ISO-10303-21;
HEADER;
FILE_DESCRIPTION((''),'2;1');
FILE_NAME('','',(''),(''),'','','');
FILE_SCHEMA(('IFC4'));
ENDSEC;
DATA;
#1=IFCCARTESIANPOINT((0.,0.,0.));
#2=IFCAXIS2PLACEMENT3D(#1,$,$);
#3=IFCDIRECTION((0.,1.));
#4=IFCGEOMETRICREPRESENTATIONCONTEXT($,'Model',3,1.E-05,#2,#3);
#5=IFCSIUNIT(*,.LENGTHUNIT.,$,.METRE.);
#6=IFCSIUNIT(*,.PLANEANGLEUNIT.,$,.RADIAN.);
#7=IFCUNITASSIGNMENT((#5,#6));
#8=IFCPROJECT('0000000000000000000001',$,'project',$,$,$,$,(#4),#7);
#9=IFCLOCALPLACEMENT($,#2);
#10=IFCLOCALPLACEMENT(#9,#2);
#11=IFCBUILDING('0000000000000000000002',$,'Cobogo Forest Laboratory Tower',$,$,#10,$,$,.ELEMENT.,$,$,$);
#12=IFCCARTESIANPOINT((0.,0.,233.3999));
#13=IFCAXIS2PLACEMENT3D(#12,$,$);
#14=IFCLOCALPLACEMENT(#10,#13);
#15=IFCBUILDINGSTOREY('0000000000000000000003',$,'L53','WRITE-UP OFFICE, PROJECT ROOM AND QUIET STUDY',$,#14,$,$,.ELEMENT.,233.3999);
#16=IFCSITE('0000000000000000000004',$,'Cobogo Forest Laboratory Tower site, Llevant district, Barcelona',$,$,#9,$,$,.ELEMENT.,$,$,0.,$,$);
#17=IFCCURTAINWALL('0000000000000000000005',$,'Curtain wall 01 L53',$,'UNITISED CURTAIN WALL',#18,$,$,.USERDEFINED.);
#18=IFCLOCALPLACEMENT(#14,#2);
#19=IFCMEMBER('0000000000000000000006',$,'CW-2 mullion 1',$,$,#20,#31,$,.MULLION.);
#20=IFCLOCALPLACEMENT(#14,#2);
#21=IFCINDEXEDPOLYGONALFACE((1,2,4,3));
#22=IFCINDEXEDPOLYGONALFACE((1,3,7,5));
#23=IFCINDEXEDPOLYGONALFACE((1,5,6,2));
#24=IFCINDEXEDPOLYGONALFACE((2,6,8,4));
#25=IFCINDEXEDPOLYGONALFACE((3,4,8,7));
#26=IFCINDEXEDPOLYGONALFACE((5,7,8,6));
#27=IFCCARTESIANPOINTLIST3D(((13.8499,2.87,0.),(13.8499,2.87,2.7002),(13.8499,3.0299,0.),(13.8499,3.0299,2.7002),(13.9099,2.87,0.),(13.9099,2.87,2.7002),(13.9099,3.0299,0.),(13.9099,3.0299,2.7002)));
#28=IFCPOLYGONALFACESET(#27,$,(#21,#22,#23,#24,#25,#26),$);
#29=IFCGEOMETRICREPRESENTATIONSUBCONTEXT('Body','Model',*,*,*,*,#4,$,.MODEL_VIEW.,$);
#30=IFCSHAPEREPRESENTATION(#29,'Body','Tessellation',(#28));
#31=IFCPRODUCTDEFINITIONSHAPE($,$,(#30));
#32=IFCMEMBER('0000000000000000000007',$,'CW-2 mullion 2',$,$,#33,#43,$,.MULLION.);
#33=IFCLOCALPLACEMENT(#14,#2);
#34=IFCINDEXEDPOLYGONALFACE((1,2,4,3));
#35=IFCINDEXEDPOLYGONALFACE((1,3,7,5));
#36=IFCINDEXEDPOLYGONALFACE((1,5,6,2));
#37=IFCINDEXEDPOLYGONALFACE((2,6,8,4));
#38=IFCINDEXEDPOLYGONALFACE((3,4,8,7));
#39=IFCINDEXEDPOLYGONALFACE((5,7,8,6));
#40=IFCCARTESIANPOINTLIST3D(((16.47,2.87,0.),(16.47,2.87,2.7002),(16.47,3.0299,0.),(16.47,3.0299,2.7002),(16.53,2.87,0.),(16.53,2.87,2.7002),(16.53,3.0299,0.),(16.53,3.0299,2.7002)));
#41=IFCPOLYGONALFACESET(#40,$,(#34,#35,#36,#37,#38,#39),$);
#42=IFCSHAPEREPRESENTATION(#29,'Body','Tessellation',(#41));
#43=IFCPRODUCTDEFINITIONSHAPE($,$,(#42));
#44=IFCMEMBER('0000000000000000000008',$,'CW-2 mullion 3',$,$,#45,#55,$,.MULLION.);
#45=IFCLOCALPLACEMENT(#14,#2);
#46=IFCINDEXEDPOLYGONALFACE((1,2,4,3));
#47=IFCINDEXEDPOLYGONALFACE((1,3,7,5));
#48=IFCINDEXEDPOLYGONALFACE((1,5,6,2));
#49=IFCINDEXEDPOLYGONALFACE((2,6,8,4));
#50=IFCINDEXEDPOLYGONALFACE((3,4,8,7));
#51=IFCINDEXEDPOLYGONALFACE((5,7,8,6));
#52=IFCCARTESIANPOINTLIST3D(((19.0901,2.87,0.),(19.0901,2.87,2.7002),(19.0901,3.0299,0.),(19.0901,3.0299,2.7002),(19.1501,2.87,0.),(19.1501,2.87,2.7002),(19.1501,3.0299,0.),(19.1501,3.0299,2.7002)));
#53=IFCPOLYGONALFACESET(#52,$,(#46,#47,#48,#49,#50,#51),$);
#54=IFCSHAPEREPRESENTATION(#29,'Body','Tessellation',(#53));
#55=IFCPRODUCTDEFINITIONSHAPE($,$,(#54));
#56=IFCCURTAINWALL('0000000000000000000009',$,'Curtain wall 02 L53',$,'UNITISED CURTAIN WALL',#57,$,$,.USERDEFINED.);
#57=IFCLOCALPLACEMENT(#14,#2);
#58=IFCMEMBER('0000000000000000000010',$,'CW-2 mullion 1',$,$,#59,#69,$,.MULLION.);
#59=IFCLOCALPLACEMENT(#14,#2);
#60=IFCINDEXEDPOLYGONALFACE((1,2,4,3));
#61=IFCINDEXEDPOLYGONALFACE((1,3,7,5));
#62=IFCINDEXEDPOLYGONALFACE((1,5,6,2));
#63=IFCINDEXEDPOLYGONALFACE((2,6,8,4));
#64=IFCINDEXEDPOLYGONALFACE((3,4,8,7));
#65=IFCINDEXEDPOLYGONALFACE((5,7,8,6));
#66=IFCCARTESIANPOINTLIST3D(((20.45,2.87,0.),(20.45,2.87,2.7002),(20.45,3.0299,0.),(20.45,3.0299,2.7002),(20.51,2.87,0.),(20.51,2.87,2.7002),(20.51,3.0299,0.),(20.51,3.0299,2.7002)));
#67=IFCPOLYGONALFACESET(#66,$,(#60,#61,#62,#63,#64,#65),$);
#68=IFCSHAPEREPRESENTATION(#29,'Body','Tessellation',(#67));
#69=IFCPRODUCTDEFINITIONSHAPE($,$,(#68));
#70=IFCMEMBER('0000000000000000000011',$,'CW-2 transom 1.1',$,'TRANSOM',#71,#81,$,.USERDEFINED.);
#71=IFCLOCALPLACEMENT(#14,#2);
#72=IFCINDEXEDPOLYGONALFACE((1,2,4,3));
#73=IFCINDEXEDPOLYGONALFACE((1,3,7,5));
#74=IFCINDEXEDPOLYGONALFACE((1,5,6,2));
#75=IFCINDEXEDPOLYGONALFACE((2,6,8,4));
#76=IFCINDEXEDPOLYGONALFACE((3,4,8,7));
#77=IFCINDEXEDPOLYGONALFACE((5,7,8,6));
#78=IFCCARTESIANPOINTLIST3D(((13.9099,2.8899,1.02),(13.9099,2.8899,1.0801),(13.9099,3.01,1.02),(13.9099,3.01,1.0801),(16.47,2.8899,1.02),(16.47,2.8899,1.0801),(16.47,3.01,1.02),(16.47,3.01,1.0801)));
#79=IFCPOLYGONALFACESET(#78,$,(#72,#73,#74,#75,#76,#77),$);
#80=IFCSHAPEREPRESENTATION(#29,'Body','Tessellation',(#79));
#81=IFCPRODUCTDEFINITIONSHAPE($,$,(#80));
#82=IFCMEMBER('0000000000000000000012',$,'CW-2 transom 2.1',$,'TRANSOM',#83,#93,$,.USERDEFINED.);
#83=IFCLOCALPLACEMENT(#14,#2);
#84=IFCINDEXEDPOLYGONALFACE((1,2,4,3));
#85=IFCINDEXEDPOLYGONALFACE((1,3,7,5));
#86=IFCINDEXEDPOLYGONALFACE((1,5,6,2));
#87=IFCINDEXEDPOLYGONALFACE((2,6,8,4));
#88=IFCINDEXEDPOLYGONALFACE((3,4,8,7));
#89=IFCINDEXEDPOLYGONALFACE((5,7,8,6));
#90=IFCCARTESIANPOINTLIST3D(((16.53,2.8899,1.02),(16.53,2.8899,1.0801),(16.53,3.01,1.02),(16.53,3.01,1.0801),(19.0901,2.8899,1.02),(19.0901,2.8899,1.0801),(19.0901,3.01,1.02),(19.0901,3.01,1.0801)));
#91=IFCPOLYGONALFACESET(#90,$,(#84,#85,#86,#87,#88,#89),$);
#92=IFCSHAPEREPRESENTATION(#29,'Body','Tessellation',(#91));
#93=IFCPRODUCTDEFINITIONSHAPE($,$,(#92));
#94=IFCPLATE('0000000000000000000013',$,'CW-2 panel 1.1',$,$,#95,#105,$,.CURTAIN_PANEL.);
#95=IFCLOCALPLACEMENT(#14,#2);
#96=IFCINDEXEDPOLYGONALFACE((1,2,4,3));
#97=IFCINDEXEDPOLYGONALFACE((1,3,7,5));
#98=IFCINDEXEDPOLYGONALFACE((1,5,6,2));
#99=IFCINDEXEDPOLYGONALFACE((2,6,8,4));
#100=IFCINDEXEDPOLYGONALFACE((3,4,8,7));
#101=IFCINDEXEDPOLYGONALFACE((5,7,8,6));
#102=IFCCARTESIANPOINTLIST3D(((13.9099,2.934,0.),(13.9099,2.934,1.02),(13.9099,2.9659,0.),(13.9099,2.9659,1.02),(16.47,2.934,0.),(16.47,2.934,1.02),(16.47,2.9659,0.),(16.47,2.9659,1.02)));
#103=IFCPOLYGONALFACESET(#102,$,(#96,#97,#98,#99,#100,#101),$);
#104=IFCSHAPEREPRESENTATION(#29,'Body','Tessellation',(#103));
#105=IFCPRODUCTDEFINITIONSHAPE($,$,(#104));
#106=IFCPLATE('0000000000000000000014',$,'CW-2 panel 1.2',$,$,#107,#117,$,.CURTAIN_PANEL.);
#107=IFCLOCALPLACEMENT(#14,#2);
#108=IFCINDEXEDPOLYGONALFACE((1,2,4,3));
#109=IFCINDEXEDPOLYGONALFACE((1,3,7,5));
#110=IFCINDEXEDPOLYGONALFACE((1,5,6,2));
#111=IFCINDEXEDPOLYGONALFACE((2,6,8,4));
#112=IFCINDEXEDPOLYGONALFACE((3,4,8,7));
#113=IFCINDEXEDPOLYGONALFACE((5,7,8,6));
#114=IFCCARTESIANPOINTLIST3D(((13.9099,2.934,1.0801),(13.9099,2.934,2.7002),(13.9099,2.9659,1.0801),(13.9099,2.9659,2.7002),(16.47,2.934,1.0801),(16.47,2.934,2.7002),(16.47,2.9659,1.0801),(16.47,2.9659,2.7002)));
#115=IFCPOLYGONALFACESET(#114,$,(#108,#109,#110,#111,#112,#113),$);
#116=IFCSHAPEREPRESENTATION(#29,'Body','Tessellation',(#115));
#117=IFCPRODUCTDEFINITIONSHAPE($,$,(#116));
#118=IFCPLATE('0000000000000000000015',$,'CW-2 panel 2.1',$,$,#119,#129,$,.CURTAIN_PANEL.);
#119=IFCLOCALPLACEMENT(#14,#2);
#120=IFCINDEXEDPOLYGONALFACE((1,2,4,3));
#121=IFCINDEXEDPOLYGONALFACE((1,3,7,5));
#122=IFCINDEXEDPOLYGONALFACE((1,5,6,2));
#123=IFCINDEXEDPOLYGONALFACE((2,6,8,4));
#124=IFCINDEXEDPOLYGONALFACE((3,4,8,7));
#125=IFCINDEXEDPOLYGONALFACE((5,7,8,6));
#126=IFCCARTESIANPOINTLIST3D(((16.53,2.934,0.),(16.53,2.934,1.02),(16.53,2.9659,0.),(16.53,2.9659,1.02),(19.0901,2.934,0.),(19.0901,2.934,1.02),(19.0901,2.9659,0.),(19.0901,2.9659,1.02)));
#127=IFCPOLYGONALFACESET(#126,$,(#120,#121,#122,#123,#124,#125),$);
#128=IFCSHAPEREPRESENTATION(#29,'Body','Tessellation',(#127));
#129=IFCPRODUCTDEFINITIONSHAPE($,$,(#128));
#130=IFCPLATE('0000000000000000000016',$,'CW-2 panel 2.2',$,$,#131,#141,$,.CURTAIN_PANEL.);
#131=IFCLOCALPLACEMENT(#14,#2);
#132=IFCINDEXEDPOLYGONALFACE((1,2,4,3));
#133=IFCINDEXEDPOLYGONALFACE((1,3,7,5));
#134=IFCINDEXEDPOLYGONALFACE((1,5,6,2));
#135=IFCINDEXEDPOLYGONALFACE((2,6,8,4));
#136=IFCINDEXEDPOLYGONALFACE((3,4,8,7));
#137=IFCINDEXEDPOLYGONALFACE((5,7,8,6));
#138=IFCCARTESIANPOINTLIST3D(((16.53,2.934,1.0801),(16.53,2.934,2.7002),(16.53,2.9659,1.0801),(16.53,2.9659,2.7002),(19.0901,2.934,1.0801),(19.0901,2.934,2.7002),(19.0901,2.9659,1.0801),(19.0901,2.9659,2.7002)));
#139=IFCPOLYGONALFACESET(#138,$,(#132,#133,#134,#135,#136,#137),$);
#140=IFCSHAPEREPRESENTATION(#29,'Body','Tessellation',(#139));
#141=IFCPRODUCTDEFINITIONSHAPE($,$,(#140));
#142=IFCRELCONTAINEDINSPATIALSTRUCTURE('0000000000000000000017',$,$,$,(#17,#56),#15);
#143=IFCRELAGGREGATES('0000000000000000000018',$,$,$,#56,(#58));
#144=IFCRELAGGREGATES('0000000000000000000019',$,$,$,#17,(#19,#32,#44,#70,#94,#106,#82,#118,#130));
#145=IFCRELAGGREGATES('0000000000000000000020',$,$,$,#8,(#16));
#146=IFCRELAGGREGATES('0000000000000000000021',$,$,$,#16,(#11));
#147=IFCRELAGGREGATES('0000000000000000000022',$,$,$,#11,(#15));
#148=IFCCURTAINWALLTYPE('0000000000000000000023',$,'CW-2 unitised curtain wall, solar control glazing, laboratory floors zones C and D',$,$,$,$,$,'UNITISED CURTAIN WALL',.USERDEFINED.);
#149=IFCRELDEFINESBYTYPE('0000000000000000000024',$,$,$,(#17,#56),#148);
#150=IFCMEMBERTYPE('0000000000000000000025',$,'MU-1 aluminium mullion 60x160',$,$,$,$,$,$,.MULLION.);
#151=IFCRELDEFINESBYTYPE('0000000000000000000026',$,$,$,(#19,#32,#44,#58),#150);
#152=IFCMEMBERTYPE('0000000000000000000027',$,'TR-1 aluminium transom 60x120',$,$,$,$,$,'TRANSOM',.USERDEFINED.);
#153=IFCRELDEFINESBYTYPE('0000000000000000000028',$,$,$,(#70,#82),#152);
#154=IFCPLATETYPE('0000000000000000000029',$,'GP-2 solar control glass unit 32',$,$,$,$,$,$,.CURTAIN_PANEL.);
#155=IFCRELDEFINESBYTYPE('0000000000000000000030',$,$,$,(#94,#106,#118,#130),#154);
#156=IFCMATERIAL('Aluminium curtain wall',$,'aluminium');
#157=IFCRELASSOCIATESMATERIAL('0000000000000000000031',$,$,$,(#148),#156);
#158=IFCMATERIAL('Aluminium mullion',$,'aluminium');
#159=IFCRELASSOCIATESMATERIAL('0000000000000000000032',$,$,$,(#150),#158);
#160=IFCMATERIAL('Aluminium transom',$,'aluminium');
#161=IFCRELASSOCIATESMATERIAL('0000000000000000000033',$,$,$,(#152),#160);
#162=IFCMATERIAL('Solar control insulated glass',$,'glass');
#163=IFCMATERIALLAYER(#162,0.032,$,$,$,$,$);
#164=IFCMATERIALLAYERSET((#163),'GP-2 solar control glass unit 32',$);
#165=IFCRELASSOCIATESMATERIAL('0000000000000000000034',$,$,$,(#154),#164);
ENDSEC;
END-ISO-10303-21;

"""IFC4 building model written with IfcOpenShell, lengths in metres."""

from ifc_helpers import new_model, si_unit, direction, frame, origin, origin_2d, place, context, subcontext, project, spatial, rectangle, extrude, material, layer, layer_set, material_profile, profile_set, type_object, element, aggregate, save


model = new_model("IFC4")

# Units and contexts
model_context = context("Model", 3, precision=1e-05, world=origin(), true_north=direction((0.0, 1.0)))
body_context = subcontext(model_context, "Body", "Model", "MODEL_VIEW")
ifc_project = project(units=[si_unit("LENGTHUNIT", "METRE"), si_unit("PLANEANGLEUNIT", "RADIAN")], contexts=[model_context])

# Site, building, storey
site_placement = place(None, origin())
site = spatial("IfcSite", under=ifc_project, at=site_placement, Name="Cobogo Forest Laboratory Tower site, Llevant district, Barcelona", CompositionType="ELEMENT", RefElevation=0.0)
building_placement = place(site_placement, origin())
building = spatial("IfcBuilding", under=site, at=building_placement, Name="Cobogo Forest Laboratory Tower", CompositionType="ELEMENT")
storey_placement = place(building_placement, frame((0.0, 0.0, 233.3999)))
storey = spatial("IfcBuildingStorey", under=building, at=storey_placement, Name="L53", Description="WRITE-UP OFFICE, PROJECT ROOM AND QUIET STUDY", CompositionType="ELEMENT", Elevation=233.3999)

# Curtain wall, members
ifc_material_1 = material(Name="Aluminium curtain wall", Category="aluminium")
curtain_wall_type = type_object("IfcCurtainWallType", Name="CW-2 unitised curtain wall, solar control glazing, laboratory floors zones C and D", ElementType="UNITISED CURTAIN WALL", PredefinedType="USERDEFINED", material=ifc_material_1)
curtain_wall_1_placement = place(storey_placement, origin())
curtain_wall_1 = element("IfcCurtainWall", 1, at=curtain_wall_1_placement, inside=storey, type_object=curtain_wall_type, Name="Curtain wall 01 L53", ObjectType="UNITISED CURTAIN WALL", PredefinedType="USERDEFINED")
ifc_material_2 = material(Name="Aluminium mullion", Category="aluminium")
ifc_material_profile_1 = material_profile(ifc_material_2, rectangle(XDim=0.0601, YDim=0.1599, at=origin_2d()), Name="AL 60x160")
ifc_profile_set_1 = profile_set([ifc_material_profile_1], Name="Aluminium mullion")
member_type_1 = type_object("IfcMemberType", Name="MU-1 aluminium mullion 60x160", PredefinedType="MULLION", material=ifc_profile_set_1)
member_1_placement = place(storey_placement, frame((13.8799, 2.95, 0.0), z_axis=(0.0, 0.0, 1.0), x_axis=(1.0, 0.0, 0.0)))
member_1 = element("IfcMember", 2, at=member_1_placement, type_object=member_type_1, Name="CW-2 mullion 1", PredefinedType="MULLION", context=body_context, shape_type="SweptSolid", body=[
    extrude(rectangle(XDim=0.0601, YDim=0.1599, at=origin_2d()), origin(), (0.0, 0.0, 1.0), 2.7002),
])
member_2_placement = place(storey_placement, frame((16.5, 2.95, 0.0), z_axis=(0.0, 0.0, 1.0), x_axis=(1.0, 0.0, 0.0)))
member_2 = element("IfcMember", 3, at=member_2_placement, type_object=member_type_1, Name="CW-2 mullion 2", PredefinedType="MULLION", context=body_context, shape_type="SweptSolid", body=[
    extrude(rectangle(XDim=0.0601, YDim=0.1599, at=origin_2d()), origin(), (0.0, 0.0, 1.0), 2.7002),
])
member_3_placement = place(storey_placement, frame((19.1201, 2.95, 0.0), z_axis=(0.0, 0.0, 1.0), x_axis=(1.0, 0.0, 0.0)))
member_3 = element("IfcMember", 4, at=member_3_placement, type_object=member_type_1, Name="CW-2 mullion 3", PredefinedType="MULLION", context=body_context, shape_type="SweptSolid", body=[
    extrude(rectangle(XDim=0.0601, YDim=0.1599, at=origin_2d()), origin(), (0.0, 0.0, 1.0), 2.7002),
])

# Curtain wall, member
curtain_wall_2_placement = place(storey_placement, origin())
curtain_wall_2 = element("IfcCurtainWall", 5, at=curtain_wall_2_placement, inside=storey, type_object=curtain_wall_type, Name="Curtain wall 02 L53", ObjectType="UNITISED CURTAIN WALL", PredefinedType="USERDEFINED")
member_4_placement = place(storey_placement, frame((20.48, 2.95, 0.0), z_axis=(0.0, 0.0, 1.0), x_axis=(1.0, 0.0, 0.0)))
member_4 = element("IfcMember", 6, at=member_4_placement, type_object=member_type_1, Name="CW-2 mullion 1", PredefinedType="MULLION", context=body_context, shape_type="SweptSolid", body=[
    extrude(rectangle(XDim=0.0601, YDim=0.1599, at=origin_2d()), origin(), (0.0, 0.0, 1.0), 2.7002),
])
aggregate(curtain_wall_2, [member_4])

# Members
ifc_material_3 = material(Name="Aluminium transom", Category="aluminium")
ifc_material_profile_2 = material_profile(ifc_material_3, rectangle(XDim=0.1201, YDim=0.0601, at=origin_2d()), Name="AL 60x120")
ifc_profile_set_2 = profile_set([ifc_material_profile_2], Name="Aluminium transom")
member_type_2 = type_object("IfcMemberType", Name="TR-1 aluminium transom 60x120", ElementType="TRANSOM", PredefinedType="USERDEFINED", material=ifc_profile_set_2)
member_5_placement = place(storey_placement, frame((13.9099, 2.95, 1.05), z_axis=(1.0, 0.0, 0.0), x_axis=(0.0, 1.0, 0.0)))
member_5 = element("IfcMember", 7, at=member_5_placement, type_object=member_type_2, Name="CW-2 transom 1.1", ObjectType="TRANSOM", PredefinedType="USERDEFINED", context=body_context, shape_type="SweptSolid", body=[
    extrude(rectangle(XDim=0.1201, YDim=0.0601, at=origin_2d()), origin(), (0.0, 0.0, 1.0), 2.5601),
])
member_6_placement = place(storey_placement, frame((16.53, 2.95, 1.05), z_axis=(1.0, 0.0, 0.0), x_axis=(0.0, 1.0, 0.0)))
member_6 = element("IfcMember", 8, at=member_6_placement, type_object=member_type_2, Name="CW-2 transom 2.1", ObjectType="TRANSOM", PredefinedType="USERDEFINED", context=body_context, shape_type="SweptSolid", body=[
    extrude(rectangle(XDim=0.1201, YDim=0.0601, at=origin_2d()), origin(), (0.0, 0.0, 1.0), 2.5601),
])

# Plates
ifc_material_4 = material(Name="Solar control insulated glass", Category="glass")
ifc_layer = layer(ifc_material_4, 0.032)
ifc_layer_set = layer_set([ifc_layer], Name="GP-2 solar control glass unit 32")
plate_type_1 = type_object("IfcPlateType", Name="GP-2 solar control glass unit 32", PredefinedType="CURTAIN_PANEL", material=ifc_layer_set)
plate_1_placement = place(storey_placement, frame((15.1899, 2.95, 0.0), z_axis=(0.0, 0.0, 1.0), x_axis=(1.0, 0.0, 0.0)))
plate_1 = element("IfcPlate", 9, at=plate_1_placement, type_object=plate_type_1, Name="CW-2 panel 1.1", PredefinedType="CURTAIN_PANEL", context=body_context, shape_type="SweptSolid", body=[
    extrude(rectangle(XDim=2.5601, YDim=0.032, at=origin_2d()), origin(), (0.0, 0.0, 1.0), 1.02),
])
plate_2_placement = place(storey_placement, frame((15.1899, 2.95, 1.0801), z_axis=(0.0, 0.0, 1.0), x_axis=(1.0, 0.0, 0.0)))
plate_2 = element("IfcPlate", 10, at=plate_2_placement, type_object=plate_type_1, Name="CW-2 panel 1.2", PredefinedType="CURTAIN_PANEL", context=body_context, shape_type="SweptSolid", body=[
    extrude(rectangle(XDim=2.5601, YDim=0.032, at=origin_2d()), origin(), (0.0, 0.0, 1.0), 1.6201),
])
plate_3_placement = place(storey_placement, frame((17.8101, 2.95, 0.0), z_axis=(0.0, 0.0, 1.0), x_axis=(1.0, 0.0, 0.0)))
plate_3 = element("IfcPlate", 11, at=plate_3_placement, type_object=plate_type_1, Name="CW-2 panel 2.1", PredefinedType="CURTAIN_PANEL", context=body_context, shape_type="SweptSolid", body=[
    extrude(rectangle(XDim=2.5601, YDim=0.032, at=origin_2d()), origin(), (0.0, 0.0, 1.0), 1.02),
])
plate_4_placement = place(storey_placement, frame((17.8101, 2.95, 1.0801), z_axis=(0.0, 0.0, 1.0), x_axis=(1.0, 0.0, 0.0)))
plate_4 = element("IfcPlate", 12, at=plate_4_placement, type_object=plate_type_1, Name="CW-2 panel 2.2", PredefinedType="CURTAIN_PANEL", context=body_context, shape_type="SweptSolid", body=[
    extrude(rectangle(XDim=2.5601, YDim=0.032, at=origin_2d()), origin(), (0.0, 0.0, 1.0), 1.6201),
])
aggregate(curtain_wall_1, [member_1, member_2, member_3, member_5, plate_1, plate_2, member_6, plate_3, plate_4])

save(model, "model.ifc")
